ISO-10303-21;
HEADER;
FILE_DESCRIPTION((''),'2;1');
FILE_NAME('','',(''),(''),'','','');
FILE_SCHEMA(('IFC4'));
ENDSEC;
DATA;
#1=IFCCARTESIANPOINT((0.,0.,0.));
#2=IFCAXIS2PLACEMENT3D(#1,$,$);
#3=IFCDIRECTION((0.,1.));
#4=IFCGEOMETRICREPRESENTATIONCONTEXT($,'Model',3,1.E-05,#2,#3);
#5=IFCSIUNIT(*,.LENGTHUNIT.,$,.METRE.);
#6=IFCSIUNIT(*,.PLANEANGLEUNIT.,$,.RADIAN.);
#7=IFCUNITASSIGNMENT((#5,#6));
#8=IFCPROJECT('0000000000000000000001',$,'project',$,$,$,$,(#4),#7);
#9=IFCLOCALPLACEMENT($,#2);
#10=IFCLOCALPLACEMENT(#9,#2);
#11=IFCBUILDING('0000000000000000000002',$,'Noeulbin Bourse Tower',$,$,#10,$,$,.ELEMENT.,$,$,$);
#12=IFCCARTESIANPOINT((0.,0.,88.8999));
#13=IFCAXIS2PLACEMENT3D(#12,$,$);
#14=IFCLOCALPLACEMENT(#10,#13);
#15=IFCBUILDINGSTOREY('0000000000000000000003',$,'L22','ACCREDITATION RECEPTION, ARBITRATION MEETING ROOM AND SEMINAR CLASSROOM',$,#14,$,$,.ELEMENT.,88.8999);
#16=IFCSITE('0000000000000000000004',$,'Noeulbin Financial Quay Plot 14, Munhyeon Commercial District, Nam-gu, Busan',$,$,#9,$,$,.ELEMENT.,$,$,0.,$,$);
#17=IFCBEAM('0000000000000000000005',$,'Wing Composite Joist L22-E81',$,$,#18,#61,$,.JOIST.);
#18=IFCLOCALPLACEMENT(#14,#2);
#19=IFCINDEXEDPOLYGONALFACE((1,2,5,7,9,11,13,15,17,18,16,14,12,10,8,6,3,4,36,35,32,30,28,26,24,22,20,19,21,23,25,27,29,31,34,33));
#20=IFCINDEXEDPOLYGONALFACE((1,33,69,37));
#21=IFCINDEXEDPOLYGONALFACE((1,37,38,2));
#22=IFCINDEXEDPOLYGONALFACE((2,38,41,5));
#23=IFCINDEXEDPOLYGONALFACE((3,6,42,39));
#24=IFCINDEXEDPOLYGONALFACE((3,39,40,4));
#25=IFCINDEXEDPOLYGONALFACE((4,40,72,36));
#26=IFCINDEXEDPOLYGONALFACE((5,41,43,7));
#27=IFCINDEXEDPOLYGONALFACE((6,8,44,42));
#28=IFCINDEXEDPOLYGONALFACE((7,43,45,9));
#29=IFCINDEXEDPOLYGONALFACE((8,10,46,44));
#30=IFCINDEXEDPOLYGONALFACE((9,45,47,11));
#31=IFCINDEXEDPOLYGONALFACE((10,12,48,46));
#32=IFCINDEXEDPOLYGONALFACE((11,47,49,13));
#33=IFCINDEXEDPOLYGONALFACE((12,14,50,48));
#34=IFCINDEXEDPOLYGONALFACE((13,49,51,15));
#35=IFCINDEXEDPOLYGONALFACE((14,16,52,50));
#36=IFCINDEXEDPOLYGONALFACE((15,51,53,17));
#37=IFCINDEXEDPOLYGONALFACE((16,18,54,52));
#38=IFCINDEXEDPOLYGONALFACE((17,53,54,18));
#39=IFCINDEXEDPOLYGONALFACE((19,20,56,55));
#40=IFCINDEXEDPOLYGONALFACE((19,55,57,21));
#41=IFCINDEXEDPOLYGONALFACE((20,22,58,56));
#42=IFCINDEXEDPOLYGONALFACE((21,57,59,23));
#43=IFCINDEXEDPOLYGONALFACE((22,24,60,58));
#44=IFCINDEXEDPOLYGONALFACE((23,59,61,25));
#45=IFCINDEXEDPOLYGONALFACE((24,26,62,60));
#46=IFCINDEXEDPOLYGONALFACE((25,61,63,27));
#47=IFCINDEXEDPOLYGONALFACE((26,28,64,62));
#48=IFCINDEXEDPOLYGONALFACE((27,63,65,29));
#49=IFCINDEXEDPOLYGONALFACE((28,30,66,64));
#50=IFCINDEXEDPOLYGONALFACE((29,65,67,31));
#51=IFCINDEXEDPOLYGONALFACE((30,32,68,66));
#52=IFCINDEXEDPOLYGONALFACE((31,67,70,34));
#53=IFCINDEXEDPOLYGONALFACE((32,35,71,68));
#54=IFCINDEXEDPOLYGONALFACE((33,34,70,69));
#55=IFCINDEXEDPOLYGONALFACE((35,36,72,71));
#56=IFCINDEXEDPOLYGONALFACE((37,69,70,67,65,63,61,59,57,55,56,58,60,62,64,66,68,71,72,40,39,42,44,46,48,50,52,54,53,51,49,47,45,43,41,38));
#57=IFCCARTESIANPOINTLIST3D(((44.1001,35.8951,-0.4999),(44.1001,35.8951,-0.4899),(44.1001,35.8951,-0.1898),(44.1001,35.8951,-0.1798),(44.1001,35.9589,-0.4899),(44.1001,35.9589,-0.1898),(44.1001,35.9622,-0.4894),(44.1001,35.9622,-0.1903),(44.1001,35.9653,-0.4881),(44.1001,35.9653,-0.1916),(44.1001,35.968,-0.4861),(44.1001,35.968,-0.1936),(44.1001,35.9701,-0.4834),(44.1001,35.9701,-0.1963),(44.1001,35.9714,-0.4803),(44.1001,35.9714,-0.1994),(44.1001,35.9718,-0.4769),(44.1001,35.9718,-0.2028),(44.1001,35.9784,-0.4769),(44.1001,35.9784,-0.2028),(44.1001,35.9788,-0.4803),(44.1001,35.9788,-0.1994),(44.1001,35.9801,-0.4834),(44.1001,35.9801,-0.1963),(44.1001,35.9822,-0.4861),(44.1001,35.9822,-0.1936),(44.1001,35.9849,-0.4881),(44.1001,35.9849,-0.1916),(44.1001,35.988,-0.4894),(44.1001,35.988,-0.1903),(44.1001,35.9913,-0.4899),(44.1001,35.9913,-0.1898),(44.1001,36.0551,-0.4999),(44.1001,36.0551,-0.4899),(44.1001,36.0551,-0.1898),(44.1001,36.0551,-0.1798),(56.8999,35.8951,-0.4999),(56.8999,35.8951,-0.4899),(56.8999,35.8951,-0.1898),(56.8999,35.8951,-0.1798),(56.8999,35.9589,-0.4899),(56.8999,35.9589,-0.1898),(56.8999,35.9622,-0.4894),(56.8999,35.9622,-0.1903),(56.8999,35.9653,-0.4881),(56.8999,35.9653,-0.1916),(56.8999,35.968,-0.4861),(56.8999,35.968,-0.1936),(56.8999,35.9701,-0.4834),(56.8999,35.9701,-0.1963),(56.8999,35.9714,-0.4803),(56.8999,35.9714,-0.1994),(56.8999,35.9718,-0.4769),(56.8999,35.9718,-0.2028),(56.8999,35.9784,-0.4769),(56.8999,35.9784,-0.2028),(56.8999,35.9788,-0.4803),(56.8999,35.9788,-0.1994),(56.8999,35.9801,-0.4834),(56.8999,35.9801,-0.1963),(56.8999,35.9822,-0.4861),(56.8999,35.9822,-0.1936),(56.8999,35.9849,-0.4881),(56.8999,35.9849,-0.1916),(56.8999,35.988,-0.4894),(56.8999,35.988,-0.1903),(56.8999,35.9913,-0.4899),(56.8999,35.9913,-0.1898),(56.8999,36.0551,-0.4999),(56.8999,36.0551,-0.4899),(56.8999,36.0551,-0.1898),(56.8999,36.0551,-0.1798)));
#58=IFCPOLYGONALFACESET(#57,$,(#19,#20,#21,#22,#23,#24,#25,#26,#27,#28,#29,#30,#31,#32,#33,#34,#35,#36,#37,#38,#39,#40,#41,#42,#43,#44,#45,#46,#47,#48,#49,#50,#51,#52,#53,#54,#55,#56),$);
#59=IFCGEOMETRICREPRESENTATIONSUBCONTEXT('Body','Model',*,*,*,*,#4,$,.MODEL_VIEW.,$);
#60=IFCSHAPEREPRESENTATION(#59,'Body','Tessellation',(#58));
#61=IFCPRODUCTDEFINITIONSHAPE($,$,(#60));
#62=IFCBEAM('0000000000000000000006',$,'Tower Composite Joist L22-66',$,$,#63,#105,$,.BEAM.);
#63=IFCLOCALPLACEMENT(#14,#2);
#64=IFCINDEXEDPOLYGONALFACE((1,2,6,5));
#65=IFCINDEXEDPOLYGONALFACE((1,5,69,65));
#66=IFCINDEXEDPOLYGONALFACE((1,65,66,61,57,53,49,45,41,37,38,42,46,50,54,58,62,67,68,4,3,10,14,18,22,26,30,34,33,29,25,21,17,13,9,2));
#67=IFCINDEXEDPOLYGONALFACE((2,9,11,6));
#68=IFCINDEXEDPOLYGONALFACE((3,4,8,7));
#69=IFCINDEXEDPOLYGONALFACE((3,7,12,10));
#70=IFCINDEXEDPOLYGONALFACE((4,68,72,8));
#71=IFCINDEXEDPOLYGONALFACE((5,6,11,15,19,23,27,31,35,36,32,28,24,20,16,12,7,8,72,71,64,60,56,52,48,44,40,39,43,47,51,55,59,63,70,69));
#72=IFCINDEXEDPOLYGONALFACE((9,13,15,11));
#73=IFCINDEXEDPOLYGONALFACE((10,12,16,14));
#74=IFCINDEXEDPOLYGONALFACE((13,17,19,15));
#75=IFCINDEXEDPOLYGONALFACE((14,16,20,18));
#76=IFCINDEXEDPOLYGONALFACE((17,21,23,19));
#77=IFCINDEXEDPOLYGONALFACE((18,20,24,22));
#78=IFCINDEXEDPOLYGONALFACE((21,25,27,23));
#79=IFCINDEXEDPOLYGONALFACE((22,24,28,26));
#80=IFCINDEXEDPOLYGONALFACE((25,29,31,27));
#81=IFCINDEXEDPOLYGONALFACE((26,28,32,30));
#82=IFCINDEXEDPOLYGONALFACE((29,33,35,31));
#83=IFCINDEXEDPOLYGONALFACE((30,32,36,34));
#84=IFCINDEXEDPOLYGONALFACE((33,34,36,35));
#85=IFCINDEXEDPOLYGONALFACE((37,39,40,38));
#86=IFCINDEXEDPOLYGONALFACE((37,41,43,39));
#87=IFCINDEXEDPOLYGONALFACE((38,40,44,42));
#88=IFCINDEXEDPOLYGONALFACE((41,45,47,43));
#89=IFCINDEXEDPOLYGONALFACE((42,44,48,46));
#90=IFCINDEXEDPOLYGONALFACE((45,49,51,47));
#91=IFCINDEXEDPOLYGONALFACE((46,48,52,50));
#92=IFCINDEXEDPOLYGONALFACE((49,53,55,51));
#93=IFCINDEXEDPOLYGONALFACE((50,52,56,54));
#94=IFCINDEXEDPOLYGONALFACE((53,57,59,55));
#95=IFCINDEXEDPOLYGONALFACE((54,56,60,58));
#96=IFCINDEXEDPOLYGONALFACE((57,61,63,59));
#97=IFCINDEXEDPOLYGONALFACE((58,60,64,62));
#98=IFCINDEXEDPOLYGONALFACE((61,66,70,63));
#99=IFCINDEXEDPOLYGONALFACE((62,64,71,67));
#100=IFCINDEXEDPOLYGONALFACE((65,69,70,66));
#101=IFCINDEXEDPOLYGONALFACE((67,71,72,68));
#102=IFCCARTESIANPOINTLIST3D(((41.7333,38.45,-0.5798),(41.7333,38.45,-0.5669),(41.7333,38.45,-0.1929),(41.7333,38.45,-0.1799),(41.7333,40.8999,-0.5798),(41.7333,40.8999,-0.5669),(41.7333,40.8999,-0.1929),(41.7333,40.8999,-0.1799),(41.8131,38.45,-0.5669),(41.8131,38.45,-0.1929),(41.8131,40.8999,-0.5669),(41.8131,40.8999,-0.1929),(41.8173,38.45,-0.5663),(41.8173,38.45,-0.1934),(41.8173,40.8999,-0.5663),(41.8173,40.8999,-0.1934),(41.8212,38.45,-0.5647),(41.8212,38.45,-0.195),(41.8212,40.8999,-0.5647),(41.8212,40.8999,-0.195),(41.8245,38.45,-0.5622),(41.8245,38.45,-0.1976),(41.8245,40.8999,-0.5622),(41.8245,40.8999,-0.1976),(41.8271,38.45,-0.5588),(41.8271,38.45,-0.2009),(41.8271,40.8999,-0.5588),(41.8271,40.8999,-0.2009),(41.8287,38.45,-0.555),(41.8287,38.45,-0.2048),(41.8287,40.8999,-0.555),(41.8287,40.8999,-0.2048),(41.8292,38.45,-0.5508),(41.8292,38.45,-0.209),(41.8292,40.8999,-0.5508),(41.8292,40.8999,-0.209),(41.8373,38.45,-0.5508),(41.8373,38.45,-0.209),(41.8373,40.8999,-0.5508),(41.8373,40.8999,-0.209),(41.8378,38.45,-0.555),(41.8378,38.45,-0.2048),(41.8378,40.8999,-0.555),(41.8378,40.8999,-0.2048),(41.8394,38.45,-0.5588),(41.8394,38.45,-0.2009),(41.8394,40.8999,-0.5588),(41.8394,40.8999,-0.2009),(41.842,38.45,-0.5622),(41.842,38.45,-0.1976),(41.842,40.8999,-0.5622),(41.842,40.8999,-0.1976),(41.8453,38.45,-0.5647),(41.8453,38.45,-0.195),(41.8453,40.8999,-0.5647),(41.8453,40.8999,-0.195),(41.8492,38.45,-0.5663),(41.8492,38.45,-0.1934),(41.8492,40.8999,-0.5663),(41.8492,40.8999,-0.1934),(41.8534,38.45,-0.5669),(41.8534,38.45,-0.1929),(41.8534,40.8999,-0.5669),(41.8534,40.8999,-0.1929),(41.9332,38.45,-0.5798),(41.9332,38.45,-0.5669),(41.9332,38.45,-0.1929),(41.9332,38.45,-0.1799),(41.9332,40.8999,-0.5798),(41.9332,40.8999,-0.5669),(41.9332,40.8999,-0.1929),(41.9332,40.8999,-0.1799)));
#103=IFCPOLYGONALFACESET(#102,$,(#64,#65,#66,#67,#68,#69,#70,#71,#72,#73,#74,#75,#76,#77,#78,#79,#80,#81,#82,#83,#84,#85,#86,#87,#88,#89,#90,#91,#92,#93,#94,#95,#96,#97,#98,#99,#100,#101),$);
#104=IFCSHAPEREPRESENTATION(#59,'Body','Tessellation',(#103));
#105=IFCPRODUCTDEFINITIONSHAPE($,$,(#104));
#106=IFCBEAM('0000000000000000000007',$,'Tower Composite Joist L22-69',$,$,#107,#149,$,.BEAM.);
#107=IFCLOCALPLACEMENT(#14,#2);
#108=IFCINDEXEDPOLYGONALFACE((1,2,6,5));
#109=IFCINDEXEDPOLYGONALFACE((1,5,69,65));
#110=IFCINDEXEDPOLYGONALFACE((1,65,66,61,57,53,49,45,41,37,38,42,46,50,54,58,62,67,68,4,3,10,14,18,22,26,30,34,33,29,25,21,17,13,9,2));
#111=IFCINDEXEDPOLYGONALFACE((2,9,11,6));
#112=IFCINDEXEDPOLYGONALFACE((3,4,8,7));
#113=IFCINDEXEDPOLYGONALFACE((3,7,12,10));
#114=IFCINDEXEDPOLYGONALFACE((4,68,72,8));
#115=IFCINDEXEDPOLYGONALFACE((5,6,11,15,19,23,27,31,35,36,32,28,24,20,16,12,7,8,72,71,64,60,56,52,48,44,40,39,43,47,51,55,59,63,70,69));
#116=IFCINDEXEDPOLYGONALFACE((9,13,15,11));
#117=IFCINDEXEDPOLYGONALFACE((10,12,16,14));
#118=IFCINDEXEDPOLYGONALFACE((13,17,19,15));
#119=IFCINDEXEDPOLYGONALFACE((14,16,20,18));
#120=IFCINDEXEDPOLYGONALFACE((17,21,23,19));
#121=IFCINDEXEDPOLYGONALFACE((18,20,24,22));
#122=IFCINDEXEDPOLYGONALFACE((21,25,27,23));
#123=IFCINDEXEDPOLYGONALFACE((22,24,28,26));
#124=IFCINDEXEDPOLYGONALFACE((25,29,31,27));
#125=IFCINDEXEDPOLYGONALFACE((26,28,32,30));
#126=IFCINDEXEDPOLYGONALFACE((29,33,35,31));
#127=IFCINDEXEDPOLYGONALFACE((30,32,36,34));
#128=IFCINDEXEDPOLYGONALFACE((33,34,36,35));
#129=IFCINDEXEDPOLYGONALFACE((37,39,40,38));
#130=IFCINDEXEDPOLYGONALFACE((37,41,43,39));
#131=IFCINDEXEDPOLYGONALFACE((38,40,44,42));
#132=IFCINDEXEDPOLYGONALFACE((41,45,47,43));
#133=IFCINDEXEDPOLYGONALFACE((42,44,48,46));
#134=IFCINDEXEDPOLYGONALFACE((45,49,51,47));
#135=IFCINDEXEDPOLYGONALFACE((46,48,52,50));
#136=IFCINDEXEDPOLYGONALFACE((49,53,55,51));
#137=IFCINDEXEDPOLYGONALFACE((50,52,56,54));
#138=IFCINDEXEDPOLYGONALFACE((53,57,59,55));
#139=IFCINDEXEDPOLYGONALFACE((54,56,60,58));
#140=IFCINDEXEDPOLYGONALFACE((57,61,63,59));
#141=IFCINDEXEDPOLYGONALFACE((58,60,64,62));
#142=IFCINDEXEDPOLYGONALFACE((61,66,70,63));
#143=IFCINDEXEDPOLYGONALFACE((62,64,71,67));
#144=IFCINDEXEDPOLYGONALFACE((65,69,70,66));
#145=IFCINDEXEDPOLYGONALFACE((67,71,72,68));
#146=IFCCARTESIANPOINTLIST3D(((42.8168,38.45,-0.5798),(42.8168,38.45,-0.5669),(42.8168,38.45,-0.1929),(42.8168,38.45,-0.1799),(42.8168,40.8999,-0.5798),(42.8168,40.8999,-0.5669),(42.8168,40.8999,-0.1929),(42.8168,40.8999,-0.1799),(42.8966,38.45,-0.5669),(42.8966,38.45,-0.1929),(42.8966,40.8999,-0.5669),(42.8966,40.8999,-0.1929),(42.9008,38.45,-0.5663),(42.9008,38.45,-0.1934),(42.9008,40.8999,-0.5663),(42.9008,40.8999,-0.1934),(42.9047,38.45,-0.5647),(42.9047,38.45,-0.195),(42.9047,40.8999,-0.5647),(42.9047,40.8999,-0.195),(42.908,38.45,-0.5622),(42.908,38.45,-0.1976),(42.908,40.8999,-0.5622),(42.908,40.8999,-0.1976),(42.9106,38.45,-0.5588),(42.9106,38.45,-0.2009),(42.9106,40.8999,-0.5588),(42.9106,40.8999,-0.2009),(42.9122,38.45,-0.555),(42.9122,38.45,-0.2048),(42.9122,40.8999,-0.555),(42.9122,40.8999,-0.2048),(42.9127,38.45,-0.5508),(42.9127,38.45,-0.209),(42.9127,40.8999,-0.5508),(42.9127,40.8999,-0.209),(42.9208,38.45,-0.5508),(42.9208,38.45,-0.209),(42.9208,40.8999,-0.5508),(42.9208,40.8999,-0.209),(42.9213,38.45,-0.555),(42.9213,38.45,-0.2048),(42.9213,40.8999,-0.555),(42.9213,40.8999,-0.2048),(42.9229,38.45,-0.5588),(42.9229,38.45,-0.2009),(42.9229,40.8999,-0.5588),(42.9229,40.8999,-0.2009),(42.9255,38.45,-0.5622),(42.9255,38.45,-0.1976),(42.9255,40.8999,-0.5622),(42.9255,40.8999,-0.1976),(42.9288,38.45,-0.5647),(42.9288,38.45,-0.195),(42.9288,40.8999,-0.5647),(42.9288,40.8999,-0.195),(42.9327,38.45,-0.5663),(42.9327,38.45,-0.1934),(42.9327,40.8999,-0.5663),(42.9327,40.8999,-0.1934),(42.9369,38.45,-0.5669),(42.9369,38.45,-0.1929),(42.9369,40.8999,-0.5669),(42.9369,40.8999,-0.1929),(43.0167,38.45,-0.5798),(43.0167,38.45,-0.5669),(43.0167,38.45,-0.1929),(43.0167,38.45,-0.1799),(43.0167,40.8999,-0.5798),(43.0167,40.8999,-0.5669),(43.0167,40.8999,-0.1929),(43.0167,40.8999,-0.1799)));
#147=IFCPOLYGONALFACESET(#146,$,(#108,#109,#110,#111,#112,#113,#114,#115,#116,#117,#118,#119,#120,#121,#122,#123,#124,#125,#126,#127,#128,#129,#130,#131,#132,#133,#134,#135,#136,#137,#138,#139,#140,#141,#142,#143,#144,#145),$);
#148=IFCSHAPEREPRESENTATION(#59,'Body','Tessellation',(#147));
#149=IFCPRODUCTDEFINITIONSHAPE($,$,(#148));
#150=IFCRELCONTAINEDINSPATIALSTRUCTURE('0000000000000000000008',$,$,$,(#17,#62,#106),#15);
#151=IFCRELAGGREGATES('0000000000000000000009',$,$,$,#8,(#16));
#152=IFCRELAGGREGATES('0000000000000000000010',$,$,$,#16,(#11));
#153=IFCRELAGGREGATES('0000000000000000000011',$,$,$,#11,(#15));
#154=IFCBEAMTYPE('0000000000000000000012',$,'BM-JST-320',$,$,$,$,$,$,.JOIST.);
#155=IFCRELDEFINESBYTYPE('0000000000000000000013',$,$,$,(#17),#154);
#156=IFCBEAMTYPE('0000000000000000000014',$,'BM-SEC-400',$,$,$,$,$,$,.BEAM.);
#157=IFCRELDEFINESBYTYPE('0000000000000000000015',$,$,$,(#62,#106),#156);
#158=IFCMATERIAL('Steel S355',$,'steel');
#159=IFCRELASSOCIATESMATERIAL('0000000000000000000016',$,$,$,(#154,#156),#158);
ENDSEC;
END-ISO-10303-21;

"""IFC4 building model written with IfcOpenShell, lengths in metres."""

from ifc_helpers import new_model, si_unit, direction, frame, origin, origin_2d, place, context, subcontext, project, spatial, i_section, extrude, material, material_profile, profile_set, type_object, element, save


model = new_model("IFC4")

# Units and contexts
model_context = context("Model", 3, precision=1e-05, world=origin(), true_north=direction((0.0, 1.0)))
body_context = subcontext(model_context, "Body", "Model", "MODEL_VIEW")
ifc_project = project(units=[si_unit("LENGTHUNIT", "METRE"), si_unit("PLANEANGLEUNIT", "RADIAN")], contexts=[model_context])

# Site, building, storey
site_placement = place(None, origin())
site = spatial("IfcSite", under=ifc_project, at=site_placement, Name="Noeulbin Financial Quay Plot 14, Munhyeon Commercial District, Nam-gu, Busan", CompositionType="ELEMENT", RefElevation=0.0)
building_placement = place(site_placement, origin())
building = spatial("IfcBuilding", under=site, at=building_placement, Name="Noeulbin Bourse Tower", CompositionType="ELEMENT")
storey_placement = place(building_placement, frame((0.0, 0.0, 88.8999)))
storey = spatial("IfcBuildingStorey", under=building, at=storey_placement, Name="L22", Description="ACCREDITATION RECEPTION, ARBITRATION MEETING ROOM AND SEMINAR CLASSROOM", CompositionType="ELEMENT", Elevation=88.8999)

# Beams
ifc_material_1 = material(Name="Steel S355", Category="steel")
ifc_material_profile_1 = material_profile(ifc_material_1, i_section(OverallWidth=0.1599, OverallDepth=0.3201, WebThickness=0.0066, FlangeThickness=0.01, FilletRadius=0.0129, at=origin_2d()), Name="H-320x160x6.5x10", Category="LoadBearing")
ifc_profile_set_1 = profile_set([ifc_material_profile_1], Name="Steel S355")
beam_type_1 = type_object("IfcBeamType", Name="BM-JST-320", PredefinedType="JOIST", material=ifc_profile_set_1)
beam_1_placement = place(storey_placement, frame((44.1001, 35.9751, -0.3398), z_axis=(1.0, 0.0, 0.0), x_axis=(0.0, 1.0, 0.0)))
element("IfcBeam", 1, at=beam_1_placement, inside=storey, type_object=beam_type_1, Name="Wing Composite Joist L22-E81", PredefinedType="JOIST", context=body_context, shape_type="SweptSolid", body=[
    extrude(i_section(OverallWidth=0.1599, OverallDepth=0.3201, WebThickness=0.0066, FlangeThickness=0.01, FilletRadius=0.0129, at=origin_2d()), origin(), (0.0, 0.0, 1.0), 12.7998),
])
ifc_material_profile_2 = material_profile(ifc_material_1, i_section(OverallWidth=0.2, OverallDepth=0.3999, WebThickness=0.0081, FlangeThickness=0.0129, FilletRadius=0.0161, at=origin_2d()), Name="H-400x200x8x13", Category="LoadBearing")
ifc_profile_set_2 = profile_set([ifc_material_profile_2], Name="Steel S355")
beam_type_2 = type_object("IfcBeamType", Name="BM-SEC-400", PredefinedType="BEAM", material=ifc_profile_set_2)
for number, where, z_axis, x_axis, name in (
    (2, (41.8333, 38.45, -0.3799), (0.0, 1.0, 0.0), (-1.0, 0.0, 0.0), "Tower Composite Joist L22-66"),
    (3, (42.9167, 38.45, -0.3799), (0.0, 1.0, 0.0), (-1.0, 0.0, 0.0), "Tower Composite Joist L22-69"),
):
    element("IfcBeam", number, at=place(storey_placement, frame(where, z_axis=z_axis, x_axis=x_axis)), inside=storey, type_object=beam_type_2, Name=name, PredefinedType="BEAM", context=body_context, shape_type="SweptSolid", body=[
        extrude(i_section(OverallWidth=0.2, OverallDepth=0.3999, WebThickness=0.0081, FlangeThickness=0.0129, FilletRadius=0.0161, at=origin_2d()), origin(), (0.0, 0.0, 1.0), 2.45),
    ])

save(model, "model.ifc")
